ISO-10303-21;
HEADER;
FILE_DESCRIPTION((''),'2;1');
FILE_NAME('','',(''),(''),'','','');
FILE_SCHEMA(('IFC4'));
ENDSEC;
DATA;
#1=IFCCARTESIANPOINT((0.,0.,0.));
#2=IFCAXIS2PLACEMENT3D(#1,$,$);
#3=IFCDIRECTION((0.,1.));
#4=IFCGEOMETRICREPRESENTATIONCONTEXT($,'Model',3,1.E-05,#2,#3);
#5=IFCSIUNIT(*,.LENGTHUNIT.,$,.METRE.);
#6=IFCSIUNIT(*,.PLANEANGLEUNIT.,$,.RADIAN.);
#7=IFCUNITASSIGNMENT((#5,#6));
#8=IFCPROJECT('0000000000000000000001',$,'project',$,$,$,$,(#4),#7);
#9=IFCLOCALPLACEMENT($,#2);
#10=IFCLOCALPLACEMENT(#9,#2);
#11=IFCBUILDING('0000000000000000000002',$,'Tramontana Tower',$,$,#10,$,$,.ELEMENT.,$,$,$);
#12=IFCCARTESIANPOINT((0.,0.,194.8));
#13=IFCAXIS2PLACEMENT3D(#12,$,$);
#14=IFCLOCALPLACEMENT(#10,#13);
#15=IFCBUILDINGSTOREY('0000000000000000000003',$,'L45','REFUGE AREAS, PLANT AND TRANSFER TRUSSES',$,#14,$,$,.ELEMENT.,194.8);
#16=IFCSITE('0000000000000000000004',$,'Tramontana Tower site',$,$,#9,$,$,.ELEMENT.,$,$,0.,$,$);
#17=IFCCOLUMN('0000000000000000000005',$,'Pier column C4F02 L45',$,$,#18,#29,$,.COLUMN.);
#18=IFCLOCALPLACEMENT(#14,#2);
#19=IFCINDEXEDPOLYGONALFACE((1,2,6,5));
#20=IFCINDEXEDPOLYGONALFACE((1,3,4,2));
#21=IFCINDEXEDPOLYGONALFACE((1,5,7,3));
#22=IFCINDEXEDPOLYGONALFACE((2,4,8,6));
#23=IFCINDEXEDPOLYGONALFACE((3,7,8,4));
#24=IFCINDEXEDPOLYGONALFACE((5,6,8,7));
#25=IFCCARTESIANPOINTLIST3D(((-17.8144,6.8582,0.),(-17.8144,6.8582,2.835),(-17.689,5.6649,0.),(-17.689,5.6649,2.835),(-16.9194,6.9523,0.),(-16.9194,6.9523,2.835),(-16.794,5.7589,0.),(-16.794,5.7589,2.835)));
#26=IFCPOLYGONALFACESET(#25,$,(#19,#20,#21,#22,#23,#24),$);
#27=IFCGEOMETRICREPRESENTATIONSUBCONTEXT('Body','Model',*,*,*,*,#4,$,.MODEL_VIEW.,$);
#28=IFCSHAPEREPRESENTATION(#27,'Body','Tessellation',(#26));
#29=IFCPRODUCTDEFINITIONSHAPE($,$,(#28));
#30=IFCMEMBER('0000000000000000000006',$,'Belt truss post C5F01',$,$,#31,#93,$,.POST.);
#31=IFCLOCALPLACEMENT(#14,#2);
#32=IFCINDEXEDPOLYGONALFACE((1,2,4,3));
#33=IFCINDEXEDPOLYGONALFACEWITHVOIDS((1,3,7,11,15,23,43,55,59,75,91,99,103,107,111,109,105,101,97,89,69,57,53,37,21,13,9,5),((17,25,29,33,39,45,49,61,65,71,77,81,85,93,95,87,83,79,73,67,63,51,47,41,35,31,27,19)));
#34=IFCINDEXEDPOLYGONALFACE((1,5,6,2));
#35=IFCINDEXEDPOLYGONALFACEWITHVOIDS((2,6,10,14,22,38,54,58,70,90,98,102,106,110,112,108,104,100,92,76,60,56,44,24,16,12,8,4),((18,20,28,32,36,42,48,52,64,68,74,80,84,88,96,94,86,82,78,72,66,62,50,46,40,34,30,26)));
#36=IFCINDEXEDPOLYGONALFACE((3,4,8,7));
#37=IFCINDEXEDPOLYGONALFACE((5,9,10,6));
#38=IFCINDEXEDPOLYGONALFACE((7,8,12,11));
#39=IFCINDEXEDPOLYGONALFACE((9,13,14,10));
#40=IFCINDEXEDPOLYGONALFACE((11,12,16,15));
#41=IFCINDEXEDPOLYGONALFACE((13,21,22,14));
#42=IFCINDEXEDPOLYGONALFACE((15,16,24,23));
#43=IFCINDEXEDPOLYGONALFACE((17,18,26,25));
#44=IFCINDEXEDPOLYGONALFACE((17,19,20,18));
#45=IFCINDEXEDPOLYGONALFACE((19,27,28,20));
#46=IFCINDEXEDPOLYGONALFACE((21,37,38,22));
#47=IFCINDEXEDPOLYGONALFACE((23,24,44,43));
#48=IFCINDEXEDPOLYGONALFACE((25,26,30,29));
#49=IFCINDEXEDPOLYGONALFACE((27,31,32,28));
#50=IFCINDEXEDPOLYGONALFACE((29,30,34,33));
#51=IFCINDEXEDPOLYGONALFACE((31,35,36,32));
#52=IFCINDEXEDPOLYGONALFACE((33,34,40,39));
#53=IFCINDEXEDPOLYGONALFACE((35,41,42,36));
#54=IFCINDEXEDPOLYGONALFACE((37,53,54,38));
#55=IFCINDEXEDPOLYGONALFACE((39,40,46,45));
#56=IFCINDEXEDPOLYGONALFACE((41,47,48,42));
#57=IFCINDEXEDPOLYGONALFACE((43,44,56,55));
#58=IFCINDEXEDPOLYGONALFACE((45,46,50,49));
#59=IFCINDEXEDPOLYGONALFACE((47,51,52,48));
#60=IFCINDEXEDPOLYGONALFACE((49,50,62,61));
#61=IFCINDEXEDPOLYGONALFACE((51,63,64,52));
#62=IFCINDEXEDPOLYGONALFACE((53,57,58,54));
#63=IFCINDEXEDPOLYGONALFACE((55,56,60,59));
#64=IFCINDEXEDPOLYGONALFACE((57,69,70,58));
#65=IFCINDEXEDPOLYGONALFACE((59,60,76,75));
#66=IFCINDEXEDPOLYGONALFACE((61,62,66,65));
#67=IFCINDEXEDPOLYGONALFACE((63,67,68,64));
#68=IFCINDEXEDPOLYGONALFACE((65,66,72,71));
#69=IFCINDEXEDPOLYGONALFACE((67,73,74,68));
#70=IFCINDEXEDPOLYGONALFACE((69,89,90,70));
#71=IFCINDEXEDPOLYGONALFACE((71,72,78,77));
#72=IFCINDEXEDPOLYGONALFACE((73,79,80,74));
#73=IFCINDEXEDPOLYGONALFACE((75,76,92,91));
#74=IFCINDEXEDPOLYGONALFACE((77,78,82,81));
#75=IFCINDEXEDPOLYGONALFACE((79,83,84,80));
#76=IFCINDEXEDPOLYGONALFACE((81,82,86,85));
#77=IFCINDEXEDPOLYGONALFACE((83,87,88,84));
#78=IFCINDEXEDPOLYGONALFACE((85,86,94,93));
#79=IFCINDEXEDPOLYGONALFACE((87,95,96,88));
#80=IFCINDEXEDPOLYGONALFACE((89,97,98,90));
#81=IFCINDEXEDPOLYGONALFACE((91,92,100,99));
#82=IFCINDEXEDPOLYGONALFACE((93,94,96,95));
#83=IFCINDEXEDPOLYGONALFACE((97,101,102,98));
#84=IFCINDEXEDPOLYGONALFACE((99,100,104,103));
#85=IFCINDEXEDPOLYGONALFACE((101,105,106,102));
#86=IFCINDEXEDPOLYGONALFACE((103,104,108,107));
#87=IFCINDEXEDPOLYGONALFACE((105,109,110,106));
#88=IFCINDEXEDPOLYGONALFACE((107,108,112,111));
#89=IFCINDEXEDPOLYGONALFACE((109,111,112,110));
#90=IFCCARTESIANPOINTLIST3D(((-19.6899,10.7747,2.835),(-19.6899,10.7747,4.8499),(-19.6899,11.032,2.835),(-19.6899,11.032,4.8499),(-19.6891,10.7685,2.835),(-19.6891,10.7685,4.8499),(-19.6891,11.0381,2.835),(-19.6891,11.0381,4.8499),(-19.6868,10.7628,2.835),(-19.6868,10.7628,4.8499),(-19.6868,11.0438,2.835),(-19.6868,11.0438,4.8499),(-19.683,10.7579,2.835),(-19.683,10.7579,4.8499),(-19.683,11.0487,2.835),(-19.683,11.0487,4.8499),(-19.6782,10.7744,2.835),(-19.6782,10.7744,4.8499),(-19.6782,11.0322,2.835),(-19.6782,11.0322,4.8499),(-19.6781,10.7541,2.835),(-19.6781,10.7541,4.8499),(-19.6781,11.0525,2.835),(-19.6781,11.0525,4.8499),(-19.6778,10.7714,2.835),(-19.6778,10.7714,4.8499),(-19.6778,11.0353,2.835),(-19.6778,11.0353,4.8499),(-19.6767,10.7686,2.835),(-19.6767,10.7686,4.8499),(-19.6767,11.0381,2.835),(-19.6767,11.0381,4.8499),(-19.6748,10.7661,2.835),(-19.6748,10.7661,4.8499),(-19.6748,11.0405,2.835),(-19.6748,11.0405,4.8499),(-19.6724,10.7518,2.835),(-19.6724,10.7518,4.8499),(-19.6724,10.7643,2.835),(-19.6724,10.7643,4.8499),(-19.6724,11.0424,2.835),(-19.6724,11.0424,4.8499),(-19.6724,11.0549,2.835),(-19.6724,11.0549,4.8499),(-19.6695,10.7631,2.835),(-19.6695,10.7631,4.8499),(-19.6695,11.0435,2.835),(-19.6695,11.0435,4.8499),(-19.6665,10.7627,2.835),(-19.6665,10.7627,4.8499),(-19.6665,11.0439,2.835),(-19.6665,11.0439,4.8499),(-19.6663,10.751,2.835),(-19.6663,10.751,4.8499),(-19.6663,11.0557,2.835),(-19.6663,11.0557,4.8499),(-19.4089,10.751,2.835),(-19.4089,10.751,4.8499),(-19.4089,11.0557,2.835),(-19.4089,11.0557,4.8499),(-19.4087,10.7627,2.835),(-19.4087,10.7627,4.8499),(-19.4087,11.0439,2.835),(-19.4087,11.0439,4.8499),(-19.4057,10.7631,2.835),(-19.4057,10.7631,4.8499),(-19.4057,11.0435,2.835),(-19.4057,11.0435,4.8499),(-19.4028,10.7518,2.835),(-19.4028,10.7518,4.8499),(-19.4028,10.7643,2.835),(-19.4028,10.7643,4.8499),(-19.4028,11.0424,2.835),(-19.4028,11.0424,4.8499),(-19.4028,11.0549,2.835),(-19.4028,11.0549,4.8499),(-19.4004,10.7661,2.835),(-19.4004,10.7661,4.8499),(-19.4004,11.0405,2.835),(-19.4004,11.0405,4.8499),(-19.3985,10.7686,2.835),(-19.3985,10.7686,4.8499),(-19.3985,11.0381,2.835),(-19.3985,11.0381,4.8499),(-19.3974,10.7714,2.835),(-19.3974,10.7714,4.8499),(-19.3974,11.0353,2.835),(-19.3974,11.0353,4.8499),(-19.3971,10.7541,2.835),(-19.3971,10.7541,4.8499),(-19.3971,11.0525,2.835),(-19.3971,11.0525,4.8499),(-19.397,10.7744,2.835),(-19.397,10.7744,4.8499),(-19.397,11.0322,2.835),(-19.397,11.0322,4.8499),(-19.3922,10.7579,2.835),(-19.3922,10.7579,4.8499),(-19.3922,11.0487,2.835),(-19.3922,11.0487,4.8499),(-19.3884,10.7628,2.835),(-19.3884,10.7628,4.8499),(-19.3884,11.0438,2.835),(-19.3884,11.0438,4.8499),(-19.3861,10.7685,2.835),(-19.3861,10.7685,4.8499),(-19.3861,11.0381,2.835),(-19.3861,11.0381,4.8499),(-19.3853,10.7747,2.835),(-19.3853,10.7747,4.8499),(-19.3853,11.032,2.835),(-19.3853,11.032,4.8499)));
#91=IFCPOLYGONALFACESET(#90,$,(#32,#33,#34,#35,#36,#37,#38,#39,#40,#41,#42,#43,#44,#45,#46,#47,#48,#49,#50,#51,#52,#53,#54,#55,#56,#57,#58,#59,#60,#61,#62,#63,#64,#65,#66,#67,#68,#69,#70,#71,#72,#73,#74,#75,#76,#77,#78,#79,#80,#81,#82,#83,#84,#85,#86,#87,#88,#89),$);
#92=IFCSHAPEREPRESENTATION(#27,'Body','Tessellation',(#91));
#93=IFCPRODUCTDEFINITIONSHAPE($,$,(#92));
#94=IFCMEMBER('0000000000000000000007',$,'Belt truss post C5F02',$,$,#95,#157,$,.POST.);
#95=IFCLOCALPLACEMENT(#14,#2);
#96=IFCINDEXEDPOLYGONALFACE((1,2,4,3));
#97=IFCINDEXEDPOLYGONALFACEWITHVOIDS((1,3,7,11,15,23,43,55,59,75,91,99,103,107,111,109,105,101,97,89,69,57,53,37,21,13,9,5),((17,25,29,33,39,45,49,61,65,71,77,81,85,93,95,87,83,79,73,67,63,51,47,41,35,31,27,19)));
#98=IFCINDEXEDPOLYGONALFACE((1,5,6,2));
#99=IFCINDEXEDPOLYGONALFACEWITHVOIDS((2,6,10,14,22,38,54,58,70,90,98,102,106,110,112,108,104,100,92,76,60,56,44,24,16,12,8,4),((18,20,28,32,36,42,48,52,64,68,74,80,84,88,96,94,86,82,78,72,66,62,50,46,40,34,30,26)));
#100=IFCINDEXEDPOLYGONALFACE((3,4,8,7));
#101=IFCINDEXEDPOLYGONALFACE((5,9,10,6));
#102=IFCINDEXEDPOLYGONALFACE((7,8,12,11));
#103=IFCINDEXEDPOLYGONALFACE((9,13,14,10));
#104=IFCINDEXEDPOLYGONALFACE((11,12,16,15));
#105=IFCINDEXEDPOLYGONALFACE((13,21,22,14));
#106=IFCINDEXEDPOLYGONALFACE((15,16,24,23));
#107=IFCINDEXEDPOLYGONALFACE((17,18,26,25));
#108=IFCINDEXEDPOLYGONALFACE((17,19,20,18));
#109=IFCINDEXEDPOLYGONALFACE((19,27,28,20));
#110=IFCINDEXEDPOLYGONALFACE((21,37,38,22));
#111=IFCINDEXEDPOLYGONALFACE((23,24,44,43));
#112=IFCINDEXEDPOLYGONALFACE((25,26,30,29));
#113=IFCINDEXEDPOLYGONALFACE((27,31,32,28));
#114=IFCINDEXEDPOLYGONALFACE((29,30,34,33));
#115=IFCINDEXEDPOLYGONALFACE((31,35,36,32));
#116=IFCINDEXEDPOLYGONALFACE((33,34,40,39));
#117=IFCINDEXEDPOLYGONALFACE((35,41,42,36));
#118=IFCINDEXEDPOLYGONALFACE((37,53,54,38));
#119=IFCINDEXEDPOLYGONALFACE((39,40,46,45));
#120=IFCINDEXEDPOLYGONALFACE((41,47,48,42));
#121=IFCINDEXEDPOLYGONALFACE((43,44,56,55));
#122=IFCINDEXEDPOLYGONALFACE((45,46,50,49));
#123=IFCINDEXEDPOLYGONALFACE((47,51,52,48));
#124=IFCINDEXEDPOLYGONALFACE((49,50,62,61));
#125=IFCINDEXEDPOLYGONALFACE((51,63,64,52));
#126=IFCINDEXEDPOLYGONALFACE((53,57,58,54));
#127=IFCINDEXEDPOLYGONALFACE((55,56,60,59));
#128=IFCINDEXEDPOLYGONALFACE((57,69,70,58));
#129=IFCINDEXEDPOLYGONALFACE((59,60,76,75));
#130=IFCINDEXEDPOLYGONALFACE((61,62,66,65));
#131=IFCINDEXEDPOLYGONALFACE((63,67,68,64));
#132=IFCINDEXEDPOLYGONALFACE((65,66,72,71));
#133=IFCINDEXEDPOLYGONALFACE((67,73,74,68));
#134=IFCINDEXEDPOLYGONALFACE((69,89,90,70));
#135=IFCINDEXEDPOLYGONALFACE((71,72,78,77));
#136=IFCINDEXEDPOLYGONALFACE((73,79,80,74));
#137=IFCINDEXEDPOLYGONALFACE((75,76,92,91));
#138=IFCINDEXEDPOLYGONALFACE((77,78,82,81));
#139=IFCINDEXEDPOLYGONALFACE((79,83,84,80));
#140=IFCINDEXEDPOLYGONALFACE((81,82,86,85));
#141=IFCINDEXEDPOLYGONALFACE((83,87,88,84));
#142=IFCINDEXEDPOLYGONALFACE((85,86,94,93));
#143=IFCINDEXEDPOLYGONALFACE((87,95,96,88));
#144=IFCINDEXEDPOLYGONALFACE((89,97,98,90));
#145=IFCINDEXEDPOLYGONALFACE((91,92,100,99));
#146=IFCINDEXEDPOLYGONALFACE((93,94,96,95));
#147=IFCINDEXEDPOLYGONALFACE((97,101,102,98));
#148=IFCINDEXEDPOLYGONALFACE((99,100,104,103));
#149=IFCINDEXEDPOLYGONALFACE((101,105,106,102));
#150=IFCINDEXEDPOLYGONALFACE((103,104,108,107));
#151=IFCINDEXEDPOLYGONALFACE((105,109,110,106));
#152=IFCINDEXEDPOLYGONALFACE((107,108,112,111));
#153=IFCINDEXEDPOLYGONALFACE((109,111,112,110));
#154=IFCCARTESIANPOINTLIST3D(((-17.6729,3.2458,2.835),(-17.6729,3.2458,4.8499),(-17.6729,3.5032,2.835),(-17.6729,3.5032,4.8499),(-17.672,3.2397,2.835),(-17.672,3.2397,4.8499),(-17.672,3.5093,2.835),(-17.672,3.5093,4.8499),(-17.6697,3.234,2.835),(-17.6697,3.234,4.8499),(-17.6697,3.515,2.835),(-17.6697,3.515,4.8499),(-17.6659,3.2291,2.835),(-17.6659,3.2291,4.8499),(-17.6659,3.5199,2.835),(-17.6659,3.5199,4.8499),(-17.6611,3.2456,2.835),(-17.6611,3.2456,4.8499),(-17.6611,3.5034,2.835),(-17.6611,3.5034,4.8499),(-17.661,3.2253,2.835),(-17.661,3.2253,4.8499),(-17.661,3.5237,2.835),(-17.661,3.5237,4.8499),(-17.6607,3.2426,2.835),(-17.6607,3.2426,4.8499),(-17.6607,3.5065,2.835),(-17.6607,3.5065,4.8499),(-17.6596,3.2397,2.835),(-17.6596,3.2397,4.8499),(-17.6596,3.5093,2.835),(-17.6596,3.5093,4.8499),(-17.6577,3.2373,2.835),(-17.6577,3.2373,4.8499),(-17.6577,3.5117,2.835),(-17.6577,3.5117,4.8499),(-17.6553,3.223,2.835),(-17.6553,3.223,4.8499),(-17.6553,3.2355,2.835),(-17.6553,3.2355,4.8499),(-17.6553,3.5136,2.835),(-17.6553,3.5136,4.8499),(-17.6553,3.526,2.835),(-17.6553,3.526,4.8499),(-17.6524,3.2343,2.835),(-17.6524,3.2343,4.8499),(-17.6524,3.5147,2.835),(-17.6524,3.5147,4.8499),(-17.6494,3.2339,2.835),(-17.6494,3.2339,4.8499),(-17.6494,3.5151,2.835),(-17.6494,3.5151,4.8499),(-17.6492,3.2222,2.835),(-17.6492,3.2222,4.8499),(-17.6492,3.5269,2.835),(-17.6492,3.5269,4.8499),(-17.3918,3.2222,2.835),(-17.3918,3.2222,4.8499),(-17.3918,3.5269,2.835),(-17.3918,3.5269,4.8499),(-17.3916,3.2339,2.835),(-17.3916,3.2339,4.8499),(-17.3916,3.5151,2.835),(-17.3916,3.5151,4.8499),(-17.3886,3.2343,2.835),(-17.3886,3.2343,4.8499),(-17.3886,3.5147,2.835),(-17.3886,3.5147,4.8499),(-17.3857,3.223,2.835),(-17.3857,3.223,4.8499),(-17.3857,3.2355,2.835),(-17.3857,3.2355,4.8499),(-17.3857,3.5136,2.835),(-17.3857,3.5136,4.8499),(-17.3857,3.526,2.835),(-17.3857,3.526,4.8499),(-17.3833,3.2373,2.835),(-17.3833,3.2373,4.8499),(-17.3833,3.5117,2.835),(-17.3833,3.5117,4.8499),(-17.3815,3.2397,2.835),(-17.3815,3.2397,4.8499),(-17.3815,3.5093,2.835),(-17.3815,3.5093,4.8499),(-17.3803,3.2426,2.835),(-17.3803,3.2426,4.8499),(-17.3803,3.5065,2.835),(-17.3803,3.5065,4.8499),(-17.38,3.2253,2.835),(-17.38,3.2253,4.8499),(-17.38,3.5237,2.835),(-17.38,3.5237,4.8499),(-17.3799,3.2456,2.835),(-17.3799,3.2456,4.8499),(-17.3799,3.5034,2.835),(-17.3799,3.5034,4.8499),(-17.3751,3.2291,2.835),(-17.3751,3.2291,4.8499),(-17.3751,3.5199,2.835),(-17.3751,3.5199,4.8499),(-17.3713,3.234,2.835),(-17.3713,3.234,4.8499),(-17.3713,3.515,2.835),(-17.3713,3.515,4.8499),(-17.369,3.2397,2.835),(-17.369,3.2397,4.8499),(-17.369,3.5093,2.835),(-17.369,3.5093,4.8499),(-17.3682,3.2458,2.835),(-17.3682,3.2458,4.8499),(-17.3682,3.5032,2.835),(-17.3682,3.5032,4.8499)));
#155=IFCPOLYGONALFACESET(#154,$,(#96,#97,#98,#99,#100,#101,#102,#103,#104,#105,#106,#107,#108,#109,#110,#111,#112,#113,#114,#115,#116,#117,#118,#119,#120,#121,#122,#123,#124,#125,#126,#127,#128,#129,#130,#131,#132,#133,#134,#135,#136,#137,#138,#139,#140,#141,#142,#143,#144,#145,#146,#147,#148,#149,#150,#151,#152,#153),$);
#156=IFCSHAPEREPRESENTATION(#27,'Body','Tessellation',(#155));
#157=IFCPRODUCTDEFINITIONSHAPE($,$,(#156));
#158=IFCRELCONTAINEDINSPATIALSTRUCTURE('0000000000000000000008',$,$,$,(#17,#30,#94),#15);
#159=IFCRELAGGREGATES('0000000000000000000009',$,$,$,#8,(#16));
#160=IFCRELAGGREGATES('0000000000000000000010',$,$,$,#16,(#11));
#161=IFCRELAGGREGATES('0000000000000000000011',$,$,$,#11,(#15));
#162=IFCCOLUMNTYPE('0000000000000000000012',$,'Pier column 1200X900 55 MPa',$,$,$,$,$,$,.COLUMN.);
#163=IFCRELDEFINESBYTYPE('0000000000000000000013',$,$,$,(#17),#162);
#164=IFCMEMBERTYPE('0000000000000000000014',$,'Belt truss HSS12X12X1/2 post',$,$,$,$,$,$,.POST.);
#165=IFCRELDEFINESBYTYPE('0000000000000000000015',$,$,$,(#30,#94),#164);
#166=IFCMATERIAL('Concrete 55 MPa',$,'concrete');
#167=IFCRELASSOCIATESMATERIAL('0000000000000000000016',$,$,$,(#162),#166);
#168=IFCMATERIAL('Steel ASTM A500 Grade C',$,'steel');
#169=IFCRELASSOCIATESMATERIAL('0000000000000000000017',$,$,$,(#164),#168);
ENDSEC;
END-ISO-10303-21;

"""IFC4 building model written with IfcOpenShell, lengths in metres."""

from ifc_helpers import new_model, si_unit, direction, frame, origin, origin_2d, place, context, subcontext, project, spatial, rectangle, hollow_rectangle, extrude, material, material_profile, profile_set, type_object, element, save


model = new_model("IFC4")

# Units and contexts
model_context = context("Model", 3, precision=1e-05, world=origin(), true_north=direction((0.0, 1.0)))
body_context = subcontext(model_context, "Body", "Model", "MODEL_VIEW")
ifc_project = project(units=[si_unit("LENGTHUNIT", "METRE"), si_unit("PLANEANGLEUNIT", "RADIAN")], contexts=[model_context])

# Site, building, storey
site_placement = place(None, origin())
site = spatial("IfcSite", under=ifc_project, at=site_placement, Name="Tramontana Tower site", CompositionType="ELEMENT", RefElevation=0.0)
building_placement = place(site_placement, origin())
building = spatial("IfcBuilding", under=site, at=building_placement, Name="Tramontana Tower", CompositionType="ELEMENT")
storey_placement = place(building_placement, frame((0.0, 0.0, 194.8)))
storey = spatial("IfcBuildingStorey", under=building, at=storey_placement, Name="L45", Description="REFUGE AREAS, PLANT AND TRANSFER TRUSSES", CompositionType="ELEMENT", Elevation=194.8)

# Column
ifc_material_1 = material(Name="Concrete 55 MPa", Category="concrete")
ifc_material_profile_1 = material_profile(ifc_material_1, rectangle(XDim=1.2, YDim=0.8999, at=origin_2d()), Name="Pier column 1200X900 55 MPa")
ifc_profile_set_1 = profile_set([ifc_material_profile_1], Name="Concrete 55 MPa")
column_type = type_object("IfcColumnType", Name="Pier column 1200X900 55 MPa", PredefinedType="COLUMN", material=ifc_profile_set_1)
column_placement = place(storey_placement, frame((-17.3042, 6.3086, 0.0), z_axis=(0.0, 0.0, 1.0), x_axis=(0.104528, -0.994522, 0.0)))
element("IfcColumn", 1, at=column_placement, inside=storey, type_object=column_type, Name="Pier column C4F02 L45", PredefinedType="COLUMN", context=body_context, shape_type="SweptSolid", body=[
    extrude(rectangle(XDim=1.2, YDim=0.8999, at=origin_2d()), origin(), (0.0, 0.0, 1.0), 2.835),
])

# Members
ifc_material_2 = material(Name="Steel ASTM A500 Grade C", Category="steel")
ifc_material_profile_2 = material_profile(ifc_material_2, hollow_rectangle(XDim=0.3047, YDim=0.3047, WallThickness=0.0117, InnerFilletRadius=0.0117, OuterFilletRadius=0.0237, at=origin_2d()), Name="HSS12X12X1/2")
ifc_profile_set_2 = profile_set([ifc_material_profile_2], Name="Steel ASTM A500 Grade C")
member_type_1 = type_object("IfcMemberType", Name="Belt truss HSS12X12X1/2 post", PredefinedType="POST", material=ifc_profile_set_2)
for number, where, z_axis, x_axis, name in (
    (2, (-19.5376, 10.9033, 2.835), (0.0, 0.0, 1.0), (1.0, 0.0, 0.0), "Belt truss post C5F01"),
    (3, (-17.5205, 3.3745, 2.835), (0.0, 0.0, 1.0), (1.0, 0.0, 0.0), "Belt truss post C5F02"),
):
    element("IfcMember", number, at=place(storey_placement, frame(where, z_axis=z_axis, x_axis=x_axis)), inside=storey, type_object=member_type_1, Name=name, PredefinedType="POST", context=body_context, shape_type="SweptSolid", body=[
        extrude(hollow_rectangle(XDim=0.3047, YDim=0.3047, WallThickness=0.0117, InnerFilletRadius=0.0117, OuterFilletRadius=0.0237, at=origin_2d()), origin(), (0.0, 0.0, 1.0), 2.0149),
    ])

save(model, "model.ifc")
